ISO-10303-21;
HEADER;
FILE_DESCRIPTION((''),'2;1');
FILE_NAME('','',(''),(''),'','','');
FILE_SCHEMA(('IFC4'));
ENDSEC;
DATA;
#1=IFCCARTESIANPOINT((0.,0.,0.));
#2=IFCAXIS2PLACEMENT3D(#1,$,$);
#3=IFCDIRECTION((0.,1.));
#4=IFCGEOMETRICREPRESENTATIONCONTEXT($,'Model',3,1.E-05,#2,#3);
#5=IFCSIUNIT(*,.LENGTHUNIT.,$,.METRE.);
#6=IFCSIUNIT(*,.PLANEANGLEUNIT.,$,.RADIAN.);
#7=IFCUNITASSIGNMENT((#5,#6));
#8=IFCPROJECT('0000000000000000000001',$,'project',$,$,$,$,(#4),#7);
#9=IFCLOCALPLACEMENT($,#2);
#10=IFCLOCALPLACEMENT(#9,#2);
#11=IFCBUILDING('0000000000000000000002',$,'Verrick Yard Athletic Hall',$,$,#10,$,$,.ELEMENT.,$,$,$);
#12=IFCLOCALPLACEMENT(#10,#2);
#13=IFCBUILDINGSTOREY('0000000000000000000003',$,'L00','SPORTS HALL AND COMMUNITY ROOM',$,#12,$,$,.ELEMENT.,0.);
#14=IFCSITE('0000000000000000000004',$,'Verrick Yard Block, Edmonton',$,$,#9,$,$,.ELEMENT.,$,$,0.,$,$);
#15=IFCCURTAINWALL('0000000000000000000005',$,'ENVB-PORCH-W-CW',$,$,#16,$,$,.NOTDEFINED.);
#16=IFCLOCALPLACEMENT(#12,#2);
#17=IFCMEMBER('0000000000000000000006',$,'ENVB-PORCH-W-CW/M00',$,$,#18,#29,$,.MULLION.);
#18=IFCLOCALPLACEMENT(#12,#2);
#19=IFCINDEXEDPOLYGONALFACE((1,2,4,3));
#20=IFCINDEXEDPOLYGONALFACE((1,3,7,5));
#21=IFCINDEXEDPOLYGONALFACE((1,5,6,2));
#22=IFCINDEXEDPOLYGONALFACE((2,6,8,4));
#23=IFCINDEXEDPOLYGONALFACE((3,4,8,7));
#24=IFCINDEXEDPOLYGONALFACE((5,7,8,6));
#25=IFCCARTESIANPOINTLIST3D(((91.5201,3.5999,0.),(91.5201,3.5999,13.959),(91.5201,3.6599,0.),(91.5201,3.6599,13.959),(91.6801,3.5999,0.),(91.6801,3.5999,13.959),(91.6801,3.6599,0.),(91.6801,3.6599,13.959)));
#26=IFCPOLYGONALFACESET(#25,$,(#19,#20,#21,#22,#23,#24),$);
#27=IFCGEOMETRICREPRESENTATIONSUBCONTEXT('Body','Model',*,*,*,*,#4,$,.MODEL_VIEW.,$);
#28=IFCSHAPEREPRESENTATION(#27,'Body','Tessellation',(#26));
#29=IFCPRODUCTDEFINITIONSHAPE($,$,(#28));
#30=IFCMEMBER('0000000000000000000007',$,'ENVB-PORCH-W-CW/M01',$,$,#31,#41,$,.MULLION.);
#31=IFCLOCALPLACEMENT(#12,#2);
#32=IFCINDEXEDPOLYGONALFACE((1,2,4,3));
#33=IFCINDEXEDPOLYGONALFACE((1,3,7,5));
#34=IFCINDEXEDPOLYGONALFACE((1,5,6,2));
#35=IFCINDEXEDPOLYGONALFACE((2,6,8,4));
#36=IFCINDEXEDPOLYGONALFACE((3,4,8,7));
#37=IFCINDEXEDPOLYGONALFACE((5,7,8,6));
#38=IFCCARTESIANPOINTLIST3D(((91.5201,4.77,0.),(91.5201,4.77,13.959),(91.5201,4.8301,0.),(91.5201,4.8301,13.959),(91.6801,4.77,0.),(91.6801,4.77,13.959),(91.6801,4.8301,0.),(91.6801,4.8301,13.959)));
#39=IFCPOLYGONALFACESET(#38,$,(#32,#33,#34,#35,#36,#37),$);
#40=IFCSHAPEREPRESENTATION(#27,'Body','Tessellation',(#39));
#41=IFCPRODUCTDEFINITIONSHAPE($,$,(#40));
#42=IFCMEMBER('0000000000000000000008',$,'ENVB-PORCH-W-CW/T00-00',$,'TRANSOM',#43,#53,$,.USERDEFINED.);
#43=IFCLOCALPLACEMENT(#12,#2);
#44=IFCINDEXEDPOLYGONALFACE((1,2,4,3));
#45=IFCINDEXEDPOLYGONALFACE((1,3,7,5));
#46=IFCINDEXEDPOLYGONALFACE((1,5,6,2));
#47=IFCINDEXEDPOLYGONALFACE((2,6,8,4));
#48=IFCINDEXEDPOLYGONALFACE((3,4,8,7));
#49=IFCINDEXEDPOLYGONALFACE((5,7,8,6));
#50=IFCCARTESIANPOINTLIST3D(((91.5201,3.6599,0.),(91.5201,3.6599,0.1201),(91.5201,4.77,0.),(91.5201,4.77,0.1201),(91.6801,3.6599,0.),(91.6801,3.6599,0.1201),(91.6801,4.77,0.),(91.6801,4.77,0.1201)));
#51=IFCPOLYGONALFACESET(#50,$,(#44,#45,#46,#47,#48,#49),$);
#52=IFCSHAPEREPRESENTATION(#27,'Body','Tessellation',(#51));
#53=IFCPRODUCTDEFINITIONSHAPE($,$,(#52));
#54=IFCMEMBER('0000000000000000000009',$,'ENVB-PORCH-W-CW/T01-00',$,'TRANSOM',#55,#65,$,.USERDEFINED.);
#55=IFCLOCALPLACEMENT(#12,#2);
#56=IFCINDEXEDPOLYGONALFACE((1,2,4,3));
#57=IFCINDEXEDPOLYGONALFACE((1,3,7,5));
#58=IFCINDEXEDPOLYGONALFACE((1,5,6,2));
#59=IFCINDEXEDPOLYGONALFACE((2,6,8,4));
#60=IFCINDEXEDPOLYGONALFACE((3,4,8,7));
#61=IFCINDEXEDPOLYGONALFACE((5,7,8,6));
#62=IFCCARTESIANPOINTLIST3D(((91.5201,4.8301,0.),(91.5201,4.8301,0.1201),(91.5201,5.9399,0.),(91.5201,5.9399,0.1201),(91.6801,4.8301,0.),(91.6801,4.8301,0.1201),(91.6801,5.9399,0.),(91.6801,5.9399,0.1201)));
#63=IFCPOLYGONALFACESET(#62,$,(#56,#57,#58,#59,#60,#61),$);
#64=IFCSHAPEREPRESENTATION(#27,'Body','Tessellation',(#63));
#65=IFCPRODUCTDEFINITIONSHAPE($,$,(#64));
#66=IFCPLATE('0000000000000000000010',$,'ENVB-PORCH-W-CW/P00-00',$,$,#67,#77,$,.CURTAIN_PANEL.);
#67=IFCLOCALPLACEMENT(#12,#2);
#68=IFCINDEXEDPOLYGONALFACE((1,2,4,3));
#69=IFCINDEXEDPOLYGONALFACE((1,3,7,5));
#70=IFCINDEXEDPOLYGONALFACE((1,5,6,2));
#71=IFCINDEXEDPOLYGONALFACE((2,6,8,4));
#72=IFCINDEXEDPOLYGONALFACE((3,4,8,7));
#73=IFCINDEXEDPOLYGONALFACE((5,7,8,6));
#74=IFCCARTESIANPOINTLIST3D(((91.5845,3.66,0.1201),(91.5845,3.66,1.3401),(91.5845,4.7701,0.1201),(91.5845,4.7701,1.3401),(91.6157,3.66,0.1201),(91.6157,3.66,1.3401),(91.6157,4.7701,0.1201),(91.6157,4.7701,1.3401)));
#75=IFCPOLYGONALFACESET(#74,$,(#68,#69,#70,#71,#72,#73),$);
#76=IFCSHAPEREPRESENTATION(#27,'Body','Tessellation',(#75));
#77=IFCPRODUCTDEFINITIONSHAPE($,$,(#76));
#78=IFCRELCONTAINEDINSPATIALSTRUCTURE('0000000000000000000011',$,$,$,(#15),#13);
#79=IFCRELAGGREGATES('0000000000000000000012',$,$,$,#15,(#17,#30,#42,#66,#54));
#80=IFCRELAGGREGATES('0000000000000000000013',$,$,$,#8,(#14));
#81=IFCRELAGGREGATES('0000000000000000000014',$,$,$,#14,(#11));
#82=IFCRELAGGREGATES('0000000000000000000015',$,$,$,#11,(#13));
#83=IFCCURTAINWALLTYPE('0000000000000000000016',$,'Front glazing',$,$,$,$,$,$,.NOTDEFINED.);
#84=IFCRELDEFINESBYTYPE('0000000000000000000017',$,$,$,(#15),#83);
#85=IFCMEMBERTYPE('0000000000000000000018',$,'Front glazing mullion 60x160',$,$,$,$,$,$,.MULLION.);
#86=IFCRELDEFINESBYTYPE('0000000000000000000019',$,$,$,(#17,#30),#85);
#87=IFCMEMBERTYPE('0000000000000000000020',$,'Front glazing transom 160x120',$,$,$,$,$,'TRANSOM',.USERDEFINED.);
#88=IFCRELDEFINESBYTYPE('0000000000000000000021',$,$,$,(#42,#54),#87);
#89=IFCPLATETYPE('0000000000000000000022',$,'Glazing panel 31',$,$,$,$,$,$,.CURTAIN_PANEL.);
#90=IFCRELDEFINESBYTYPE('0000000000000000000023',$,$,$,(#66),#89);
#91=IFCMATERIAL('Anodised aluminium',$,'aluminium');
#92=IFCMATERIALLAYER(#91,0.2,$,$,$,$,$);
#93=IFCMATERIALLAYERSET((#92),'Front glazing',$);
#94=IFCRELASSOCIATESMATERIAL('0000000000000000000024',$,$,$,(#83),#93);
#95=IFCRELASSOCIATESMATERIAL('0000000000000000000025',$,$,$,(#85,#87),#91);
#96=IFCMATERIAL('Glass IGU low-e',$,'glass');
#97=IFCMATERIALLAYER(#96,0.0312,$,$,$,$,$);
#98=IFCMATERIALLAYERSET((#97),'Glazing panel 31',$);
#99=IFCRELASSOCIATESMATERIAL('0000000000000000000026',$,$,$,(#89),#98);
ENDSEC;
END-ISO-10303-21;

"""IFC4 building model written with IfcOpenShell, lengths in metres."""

from ifc_helpers import new_model, si_unit, direction, frame, origin, origin_2d, place, context, subcontext, project, spatial, rectangle, extrude, material, layer, layer_set, material_profile, profile_set, type_object, element, aggregate, save


model = new_model("IFC4")

# Units and contexts
model_context = context("Model", 3, precision=1e-05, world=origin(), true_north=direction((0.0, 1.0)))
body_context = subcontext(model_context, "Body", "Model", "MODEL_VIEW")
ifc_project = project(units=[si_unit("LENGTHUNIT", "METRE"), si_unit("PLANEANGLEUNIT", "RADIAN")], contexts=[model_context])

# Site, building, storey
site_placement = place(None, origin())
site = spatial("IfcSite", under=ifc_project, at=site_placement, Name="Verrick Yard Block, Edmonton", CompositionType="ELEMENT", RefElevation=0.0)
building_placement = place(site_placement, origin())
building = spatial("IfcBuilding", under=site, at=building_placement, Name="Verrick Yard Athletic Hall", CompositionType="ELEMENT")
storey_placement = place(building_placement, origin())
storey = spatial("IfcBuildingStorey", under=building, at=storey_placement, Name="L00", Description="SPORTS HALL AND COMMUNITY ROOM", CompositionType="ELEMENT", Elevation=0.0)

# Curtain wall, members, plate
ifc_material_1 = material(Name="Anodised aluminium", Category="aluminium")
ifc_layer_1 = layer(ifc_material_1, 0.2)
ifc_layer_set_1 = layer_set([ifc_layer_1], Name="Front glazing")
curtain_wall_type = type_object("IfcCurtainWallType", Name="Front glazing", PredefinedType="NOTDEFINED", material=ifc_layer_set_1)
curtain_wall_placement = place(storey_placement, origin())
curtain_wall = element("IfcCurtainWall", 1, at=curtain_wall_placement, inside=storey, type_object=curtain_wall_type, Name="ENVB-PORCH-W-CW", PredefinedType="NOTDEFINED")
ifc_material_profile_1 = material_profile(ifc_material_1, rectangle(XDim=0.1599, YDim=0.0601, at=origin_2d()), Name="CW mullion 60x160")
ifc_profile_set_1 = profile_set([ifc_material_profile_1], Name="Anodised aluminium")
member_type_1 = type_object("IfcMemberType", Name="Front glazing mullion 60x160", PredefinedType="MULLION", material=ifc_profile_set_1)
member_1_placement = place(storey_placement, frame((91.6001, 3.6299, 0.0), z_axis=(0.0, 0.0, 1.0), x_axis=(-1.0, 0.0, 0.0)))
member_1 = element("IfcMember", 2, at=member_1_placement, type_object=member_type_1, Name="ENVB-PORCH-W-CW/M00", PredefinedType="MULLION", context=body_context, shape_type="SweptSolid", body=[
    extrude(rectangle(XDim=0.1599, YDim=0.0601, at=origin_2d()), origin(), (0.0, 0.0, 1.0), 13.959),
])
member_2_placement = place(storey_placement, frame((91.6001, 4.8, 0.0), z_axis=(0.0, 0.0, 1.0), x_axis=(-1.0, 0.0, 0.0)))
member_2 = element("IfcMember", 3, at=member_2_placement, type_object=member_type_1, Name="ENVB-PORCH-W-CW/M01", PredefinedType="MULLION", context=body_context, shape_type="SweptSolid", body=[
    extrude(rectangle(XDim=0.1599, YDim=0.0601, at=origin_2d()), origin(), (0.0, 0.0, 1.0), 13.959),
])
ifc_material_profile_2 = material_profile(ifc_material_1, rectangle(XDim=0.1599, YDim=0.1201, at=origin_2d()), Name="CW transom 160x120")
ifc_profile_set_2 = profile_set([ifc_material_profile_2], Name="Anodised aluminium")
member_type_2 = type_object("IfcMemberType", Name="Front glazing transom 160x120", ElementType="TRANSOM", PredefinedType="USERDEFINED", material=ifc_profile_set_2)
member_3_placement = place(storey_placement, frame((91.6001, 3.6599, 0.0601), z_axis=(0.0, 1.0, 0.0), x_axis=(-1.0, 0.0, 0.0)))
member_3 = element("IfcMember", 4, at=member_3_placement, type_object=member_type_2, Name="ENVB-PORCH-W-CW/T00-00", ObjectType="TRANSOM", PredefinedType="USERDEFINED", context=body_context, shape_type="SweptSolid", body=[
    extrude(rectangle(XDim=0.1599, YDim=0.1201, at=origin_2d()), origin(), (0.0, 0.0, 1.0), 1.1101),
])
member_4_placement = place(storey_placement, frame((91.6001, 4.8301, 0.0601), z_axis=(0.0, 1.0, 0.0), x_axis=(-1.0, 0.0, 0.0)))
member_4 = element("IfcMember", 5, at=member_4_placement, type_object=member_type_2, Name="ENVB-PORCH-W-CW/T01-00", ObjectType="TRANSOM", PredefinedType="USERDEFINED", context=body_context, shape_type="SweptSolid", body=[
    extrude(rectangle(XDim=0.1599, YDim=0.1201, at=origin_2d()), origin(), (0.0, 0.0, 1.0), 1.1099),
])
ifc_material_2 = material(Name="Glass IGU low-e", Category="glass")
ifc_layer_2 = layer(ifc_material_2, 0.0312)
ifc_layer_set_2 = layer_set([ifc_layer_2], Name="Glazing panel 31")
plate_type = type_object("IfcPlateType", Name="Glazing panel 31", PredefinedType="CURTAIN_PANEL", material=ifc_layer_set_2)
plate_placement = place(storey_placement, frame((91.6001, 4.2151, 0.1201), z_axis=(0.0, 0.0, 1.0), x_axis=(0.0, 1.0, 0.0)))
plate = element("IfcPlate", 6, at=plate_placement, type_object=plate_type, Name="ENVB-PORCH-W-CW/P00-00", PredefinedType="CURTAIN_PANEL", context=body_context, shape_type="SweptSolid", body=[
    extrude(rectangle(XDim=1.1101, YDim=0.0312, at=origin_2d()), origin(), (0.0, 0.0, 1.0), 1.22),
])
aggregate(curtain_wall, [member_1, member_2, member_3, plate, member_4])

save(model, "model.ifc")
